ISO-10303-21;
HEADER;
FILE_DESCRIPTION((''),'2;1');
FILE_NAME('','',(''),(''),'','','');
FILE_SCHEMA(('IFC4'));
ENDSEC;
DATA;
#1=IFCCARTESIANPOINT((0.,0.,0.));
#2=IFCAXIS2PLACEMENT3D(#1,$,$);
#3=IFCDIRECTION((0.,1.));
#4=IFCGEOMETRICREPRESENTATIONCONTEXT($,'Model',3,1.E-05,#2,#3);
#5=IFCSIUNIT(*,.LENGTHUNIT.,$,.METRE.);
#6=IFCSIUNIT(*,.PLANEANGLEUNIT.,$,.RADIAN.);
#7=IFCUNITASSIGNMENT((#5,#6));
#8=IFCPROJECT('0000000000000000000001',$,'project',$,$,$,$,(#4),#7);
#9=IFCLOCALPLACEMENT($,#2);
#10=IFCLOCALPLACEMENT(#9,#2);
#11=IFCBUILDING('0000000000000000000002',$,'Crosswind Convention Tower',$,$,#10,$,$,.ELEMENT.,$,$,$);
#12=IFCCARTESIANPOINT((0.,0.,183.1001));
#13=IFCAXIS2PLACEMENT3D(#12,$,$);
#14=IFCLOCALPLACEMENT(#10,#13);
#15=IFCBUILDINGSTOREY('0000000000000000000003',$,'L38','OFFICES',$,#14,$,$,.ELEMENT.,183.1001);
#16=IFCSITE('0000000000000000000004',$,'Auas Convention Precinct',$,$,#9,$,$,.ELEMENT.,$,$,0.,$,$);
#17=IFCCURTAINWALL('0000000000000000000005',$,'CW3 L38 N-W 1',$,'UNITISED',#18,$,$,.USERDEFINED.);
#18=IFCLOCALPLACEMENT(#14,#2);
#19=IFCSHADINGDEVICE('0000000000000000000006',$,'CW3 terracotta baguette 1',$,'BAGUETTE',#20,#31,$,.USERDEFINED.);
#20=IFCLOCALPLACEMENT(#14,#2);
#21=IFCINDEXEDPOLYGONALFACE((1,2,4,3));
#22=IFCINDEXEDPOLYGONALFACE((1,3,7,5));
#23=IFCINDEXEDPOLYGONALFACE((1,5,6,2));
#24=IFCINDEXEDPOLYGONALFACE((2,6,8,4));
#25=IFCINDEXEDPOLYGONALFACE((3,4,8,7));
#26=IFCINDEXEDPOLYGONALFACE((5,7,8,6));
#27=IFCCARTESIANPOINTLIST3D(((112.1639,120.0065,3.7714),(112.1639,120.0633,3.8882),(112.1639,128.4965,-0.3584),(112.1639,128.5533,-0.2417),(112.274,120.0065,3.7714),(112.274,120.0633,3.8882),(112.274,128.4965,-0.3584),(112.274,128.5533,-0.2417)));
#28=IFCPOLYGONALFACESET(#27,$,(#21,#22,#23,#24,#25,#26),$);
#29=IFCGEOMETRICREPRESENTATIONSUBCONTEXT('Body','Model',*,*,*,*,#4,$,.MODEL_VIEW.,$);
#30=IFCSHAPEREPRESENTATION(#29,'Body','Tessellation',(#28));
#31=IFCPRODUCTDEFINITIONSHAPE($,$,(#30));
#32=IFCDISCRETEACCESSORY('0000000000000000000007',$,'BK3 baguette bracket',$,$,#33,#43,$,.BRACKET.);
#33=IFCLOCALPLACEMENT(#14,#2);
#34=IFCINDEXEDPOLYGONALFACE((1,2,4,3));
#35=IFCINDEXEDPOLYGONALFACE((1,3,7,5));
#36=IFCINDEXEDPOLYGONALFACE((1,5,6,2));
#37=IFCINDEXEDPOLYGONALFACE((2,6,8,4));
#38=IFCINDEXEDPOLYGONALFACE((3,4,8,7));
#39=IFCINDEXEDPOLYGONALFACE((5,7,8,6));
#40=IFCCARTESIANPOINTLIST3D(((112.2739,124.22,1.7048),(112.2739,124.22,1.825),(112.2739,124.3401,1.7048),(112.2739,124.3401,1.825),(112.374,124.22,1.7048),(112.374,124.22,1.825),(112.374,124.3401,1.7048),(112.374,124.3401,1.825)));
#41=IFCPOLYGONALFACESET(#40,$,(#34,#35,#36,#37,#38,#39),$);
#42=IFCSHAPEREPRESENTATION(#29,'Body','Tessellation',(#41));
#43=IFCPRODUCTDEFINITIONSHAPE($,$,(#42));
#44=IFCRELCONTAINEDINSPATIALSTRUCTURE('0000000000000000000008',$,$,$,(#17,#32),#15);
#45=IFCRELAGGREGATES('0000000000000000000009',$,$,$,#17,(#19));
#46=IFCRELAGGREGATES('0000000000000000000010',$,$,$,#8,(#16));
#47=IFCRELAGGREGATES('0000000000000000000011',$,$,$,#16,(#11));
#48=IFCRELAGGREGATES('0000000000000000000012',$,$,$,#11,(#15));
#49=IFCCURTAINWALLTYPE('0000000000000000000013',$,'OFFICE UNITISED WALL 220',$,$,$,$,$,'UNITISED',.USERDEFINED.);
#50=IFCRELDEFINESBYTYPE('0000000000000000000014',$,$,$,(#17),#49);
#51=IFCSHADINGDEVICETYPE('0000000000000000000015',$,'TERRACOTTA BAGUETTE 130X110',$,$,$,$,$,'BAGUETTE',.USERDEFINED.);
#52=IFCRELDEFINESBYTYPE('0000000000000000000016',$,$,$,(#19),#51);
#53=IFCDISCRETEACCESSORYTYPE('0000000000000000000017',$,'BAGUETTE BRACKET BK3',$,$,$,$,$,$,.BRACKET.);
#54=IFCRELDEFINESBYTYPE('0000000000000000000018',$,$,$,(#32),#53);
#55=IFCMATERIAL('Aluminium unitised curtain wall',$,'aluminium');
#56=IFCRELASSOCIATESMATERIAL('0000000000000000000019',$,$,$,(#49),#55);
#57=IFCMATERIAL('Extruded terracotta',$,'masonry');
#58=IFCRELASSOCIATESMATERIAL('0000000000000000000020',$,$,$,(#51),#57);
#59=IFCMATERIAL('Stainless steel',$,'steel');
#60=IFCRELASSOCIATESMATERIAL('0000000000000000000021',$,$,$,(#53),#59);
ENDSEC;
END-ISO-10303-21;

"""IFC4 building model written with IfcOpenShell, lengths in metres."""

from ifc_helpers import new_model, si_unit, direction, frame, origin, origin_2d, place, context, subcontext, project, spatial, rectangle, extrude, material, material_profile, profile_set, type_object, element, aggregate, save


model = new_model("IFC4")

# Units and contexts
model_context = context("Model", 3, precision=1e-05, world=origin(), true_north=direction((0.0, 1.0)))
body_context = subcontext(model_context, "Body", "Model", "MODEL_VIEW")
ifc_project = project(units=[si_unit("LENGTHUNIT", "METRE"), si_unit("PLANEANGLEUNIT", "RADIAN")], contexts=[model_context])

# Site, building, storey
site_placement = place(None, origin())
site = spatial("IfcSite", under=ifc_project, at=site_placement, Name="Auas Convention Precinct", CompositionType="ELEMENT", RefElevation=0.0)
building_placement = place(site_placement, origin())
building = spatial("IfcBuilding", under=site, at=building_placement, Name="Crosswind Convention Tower", CompositionType="ELEMENT")
storey_placement = place(building_placement, frame((0.0, 0.0, 183.1001)))
storey = spatial("IfcBuildingStorey", under=building, at=storey_placement, Name="L38", Description="OFFICES", CompositionType="ELEMENT", Elevation=183.1001)

# Shared definitions
ifc_material_1 = material(Name="Aluminium unitised curtain wall", Category="aluminium")
curtain_wall_type_1 = type_object("IfcCurtainWallType", Name="OFFICE UNITISED WALL 220", ElementType="UNITISED", PredefinedType="USERDEFINED", material=ifc_material_1)

# Curtain wall
curtain_wall_1_placement = place(storey_placement, origin())
curtain_wall_1 = element("IfcCurtainWall", 1, at=curtain_wall_1_placement, inside=storey, type_object=curtain_wall_type_1, Name="CW3 L38 N-W 1", ObjectType="UNITISED", PredefinedType="USERDEFINED")

# Shading device
ifc_material_2 = material(Name="Extruded terracotta", Category="masonry")
ifc_material_profile_1 = material_profile(ifc_material_2, rectangle(XDim=0.1101, YDim=0.1299, at=origin_2d()), Name="TC 110X130")
ifc_profile_set_1 = profile_set([ifc_material_profile_1], Name="Extruded terracotta")
shading_device_type = type_object("IfcShadingDeviceType", Name="TERRACOTTA BAGUETTE 130X110", ElementType="BAGUETTE", PredefinedType="USERDEFINED", material=ifc_profile_set_1)
shading_device_placement = place(storey_placement, frame((112.219, 128.5249, -0.3), z_axis=(0.0, -0.899251, 0.437433), x_axis=(1.0, 0.0, 0.0)))
shading_device = element("IfcShadingDevice", 2, at=shading_device_placement, type_object=shading_device_type, Name="CW3 terracotta baguette 1", ObjectType="BAGUETTE", PredefinedType="USERDEFINED", context=body_context, shape_type="SweptSolid", body=[
    extrude(rectangle(XDim=0.1101, YDim=0.1299, at=origin_2d()), origin(), (0.0, 0.0, 1.0), 9.4412),
])
aggregate(curtain_wall_1, [shading_device])

# Discrete accessory
ifc_material_3 = material(Name="Stainless steel", Category="steel")
discrete_accessory_type = type_object("IfcDiscreteAccessoryType", Name="BAGUETTE BRACKET BK3", PredefinedType="BRACKET", material=ifc_material_3)
discrete_accessory_placement = place(storey_placement, frame((112.324, 124.28, 1.7048), z_axis=(0.0, 0.0, 1.0), x_axis=(0.0, -1.0, 0.0)))
element("IfcDiscreteAccessory", 3, at=discrete_accessory_placement, inside=storey, type_object=discrete_accessory_type, Name="BK3 baguette bracket", PredefinedType="BRACKET", context=body_context, shape_type="SweptSolid", body=[
    extrude(rectangle(XDim=0.1201, YDim=0.1001, at=origin_2d()), origin(), (0.0, 0.0, 1.0), 0.1201),
])

save(model, "model.ifc")
